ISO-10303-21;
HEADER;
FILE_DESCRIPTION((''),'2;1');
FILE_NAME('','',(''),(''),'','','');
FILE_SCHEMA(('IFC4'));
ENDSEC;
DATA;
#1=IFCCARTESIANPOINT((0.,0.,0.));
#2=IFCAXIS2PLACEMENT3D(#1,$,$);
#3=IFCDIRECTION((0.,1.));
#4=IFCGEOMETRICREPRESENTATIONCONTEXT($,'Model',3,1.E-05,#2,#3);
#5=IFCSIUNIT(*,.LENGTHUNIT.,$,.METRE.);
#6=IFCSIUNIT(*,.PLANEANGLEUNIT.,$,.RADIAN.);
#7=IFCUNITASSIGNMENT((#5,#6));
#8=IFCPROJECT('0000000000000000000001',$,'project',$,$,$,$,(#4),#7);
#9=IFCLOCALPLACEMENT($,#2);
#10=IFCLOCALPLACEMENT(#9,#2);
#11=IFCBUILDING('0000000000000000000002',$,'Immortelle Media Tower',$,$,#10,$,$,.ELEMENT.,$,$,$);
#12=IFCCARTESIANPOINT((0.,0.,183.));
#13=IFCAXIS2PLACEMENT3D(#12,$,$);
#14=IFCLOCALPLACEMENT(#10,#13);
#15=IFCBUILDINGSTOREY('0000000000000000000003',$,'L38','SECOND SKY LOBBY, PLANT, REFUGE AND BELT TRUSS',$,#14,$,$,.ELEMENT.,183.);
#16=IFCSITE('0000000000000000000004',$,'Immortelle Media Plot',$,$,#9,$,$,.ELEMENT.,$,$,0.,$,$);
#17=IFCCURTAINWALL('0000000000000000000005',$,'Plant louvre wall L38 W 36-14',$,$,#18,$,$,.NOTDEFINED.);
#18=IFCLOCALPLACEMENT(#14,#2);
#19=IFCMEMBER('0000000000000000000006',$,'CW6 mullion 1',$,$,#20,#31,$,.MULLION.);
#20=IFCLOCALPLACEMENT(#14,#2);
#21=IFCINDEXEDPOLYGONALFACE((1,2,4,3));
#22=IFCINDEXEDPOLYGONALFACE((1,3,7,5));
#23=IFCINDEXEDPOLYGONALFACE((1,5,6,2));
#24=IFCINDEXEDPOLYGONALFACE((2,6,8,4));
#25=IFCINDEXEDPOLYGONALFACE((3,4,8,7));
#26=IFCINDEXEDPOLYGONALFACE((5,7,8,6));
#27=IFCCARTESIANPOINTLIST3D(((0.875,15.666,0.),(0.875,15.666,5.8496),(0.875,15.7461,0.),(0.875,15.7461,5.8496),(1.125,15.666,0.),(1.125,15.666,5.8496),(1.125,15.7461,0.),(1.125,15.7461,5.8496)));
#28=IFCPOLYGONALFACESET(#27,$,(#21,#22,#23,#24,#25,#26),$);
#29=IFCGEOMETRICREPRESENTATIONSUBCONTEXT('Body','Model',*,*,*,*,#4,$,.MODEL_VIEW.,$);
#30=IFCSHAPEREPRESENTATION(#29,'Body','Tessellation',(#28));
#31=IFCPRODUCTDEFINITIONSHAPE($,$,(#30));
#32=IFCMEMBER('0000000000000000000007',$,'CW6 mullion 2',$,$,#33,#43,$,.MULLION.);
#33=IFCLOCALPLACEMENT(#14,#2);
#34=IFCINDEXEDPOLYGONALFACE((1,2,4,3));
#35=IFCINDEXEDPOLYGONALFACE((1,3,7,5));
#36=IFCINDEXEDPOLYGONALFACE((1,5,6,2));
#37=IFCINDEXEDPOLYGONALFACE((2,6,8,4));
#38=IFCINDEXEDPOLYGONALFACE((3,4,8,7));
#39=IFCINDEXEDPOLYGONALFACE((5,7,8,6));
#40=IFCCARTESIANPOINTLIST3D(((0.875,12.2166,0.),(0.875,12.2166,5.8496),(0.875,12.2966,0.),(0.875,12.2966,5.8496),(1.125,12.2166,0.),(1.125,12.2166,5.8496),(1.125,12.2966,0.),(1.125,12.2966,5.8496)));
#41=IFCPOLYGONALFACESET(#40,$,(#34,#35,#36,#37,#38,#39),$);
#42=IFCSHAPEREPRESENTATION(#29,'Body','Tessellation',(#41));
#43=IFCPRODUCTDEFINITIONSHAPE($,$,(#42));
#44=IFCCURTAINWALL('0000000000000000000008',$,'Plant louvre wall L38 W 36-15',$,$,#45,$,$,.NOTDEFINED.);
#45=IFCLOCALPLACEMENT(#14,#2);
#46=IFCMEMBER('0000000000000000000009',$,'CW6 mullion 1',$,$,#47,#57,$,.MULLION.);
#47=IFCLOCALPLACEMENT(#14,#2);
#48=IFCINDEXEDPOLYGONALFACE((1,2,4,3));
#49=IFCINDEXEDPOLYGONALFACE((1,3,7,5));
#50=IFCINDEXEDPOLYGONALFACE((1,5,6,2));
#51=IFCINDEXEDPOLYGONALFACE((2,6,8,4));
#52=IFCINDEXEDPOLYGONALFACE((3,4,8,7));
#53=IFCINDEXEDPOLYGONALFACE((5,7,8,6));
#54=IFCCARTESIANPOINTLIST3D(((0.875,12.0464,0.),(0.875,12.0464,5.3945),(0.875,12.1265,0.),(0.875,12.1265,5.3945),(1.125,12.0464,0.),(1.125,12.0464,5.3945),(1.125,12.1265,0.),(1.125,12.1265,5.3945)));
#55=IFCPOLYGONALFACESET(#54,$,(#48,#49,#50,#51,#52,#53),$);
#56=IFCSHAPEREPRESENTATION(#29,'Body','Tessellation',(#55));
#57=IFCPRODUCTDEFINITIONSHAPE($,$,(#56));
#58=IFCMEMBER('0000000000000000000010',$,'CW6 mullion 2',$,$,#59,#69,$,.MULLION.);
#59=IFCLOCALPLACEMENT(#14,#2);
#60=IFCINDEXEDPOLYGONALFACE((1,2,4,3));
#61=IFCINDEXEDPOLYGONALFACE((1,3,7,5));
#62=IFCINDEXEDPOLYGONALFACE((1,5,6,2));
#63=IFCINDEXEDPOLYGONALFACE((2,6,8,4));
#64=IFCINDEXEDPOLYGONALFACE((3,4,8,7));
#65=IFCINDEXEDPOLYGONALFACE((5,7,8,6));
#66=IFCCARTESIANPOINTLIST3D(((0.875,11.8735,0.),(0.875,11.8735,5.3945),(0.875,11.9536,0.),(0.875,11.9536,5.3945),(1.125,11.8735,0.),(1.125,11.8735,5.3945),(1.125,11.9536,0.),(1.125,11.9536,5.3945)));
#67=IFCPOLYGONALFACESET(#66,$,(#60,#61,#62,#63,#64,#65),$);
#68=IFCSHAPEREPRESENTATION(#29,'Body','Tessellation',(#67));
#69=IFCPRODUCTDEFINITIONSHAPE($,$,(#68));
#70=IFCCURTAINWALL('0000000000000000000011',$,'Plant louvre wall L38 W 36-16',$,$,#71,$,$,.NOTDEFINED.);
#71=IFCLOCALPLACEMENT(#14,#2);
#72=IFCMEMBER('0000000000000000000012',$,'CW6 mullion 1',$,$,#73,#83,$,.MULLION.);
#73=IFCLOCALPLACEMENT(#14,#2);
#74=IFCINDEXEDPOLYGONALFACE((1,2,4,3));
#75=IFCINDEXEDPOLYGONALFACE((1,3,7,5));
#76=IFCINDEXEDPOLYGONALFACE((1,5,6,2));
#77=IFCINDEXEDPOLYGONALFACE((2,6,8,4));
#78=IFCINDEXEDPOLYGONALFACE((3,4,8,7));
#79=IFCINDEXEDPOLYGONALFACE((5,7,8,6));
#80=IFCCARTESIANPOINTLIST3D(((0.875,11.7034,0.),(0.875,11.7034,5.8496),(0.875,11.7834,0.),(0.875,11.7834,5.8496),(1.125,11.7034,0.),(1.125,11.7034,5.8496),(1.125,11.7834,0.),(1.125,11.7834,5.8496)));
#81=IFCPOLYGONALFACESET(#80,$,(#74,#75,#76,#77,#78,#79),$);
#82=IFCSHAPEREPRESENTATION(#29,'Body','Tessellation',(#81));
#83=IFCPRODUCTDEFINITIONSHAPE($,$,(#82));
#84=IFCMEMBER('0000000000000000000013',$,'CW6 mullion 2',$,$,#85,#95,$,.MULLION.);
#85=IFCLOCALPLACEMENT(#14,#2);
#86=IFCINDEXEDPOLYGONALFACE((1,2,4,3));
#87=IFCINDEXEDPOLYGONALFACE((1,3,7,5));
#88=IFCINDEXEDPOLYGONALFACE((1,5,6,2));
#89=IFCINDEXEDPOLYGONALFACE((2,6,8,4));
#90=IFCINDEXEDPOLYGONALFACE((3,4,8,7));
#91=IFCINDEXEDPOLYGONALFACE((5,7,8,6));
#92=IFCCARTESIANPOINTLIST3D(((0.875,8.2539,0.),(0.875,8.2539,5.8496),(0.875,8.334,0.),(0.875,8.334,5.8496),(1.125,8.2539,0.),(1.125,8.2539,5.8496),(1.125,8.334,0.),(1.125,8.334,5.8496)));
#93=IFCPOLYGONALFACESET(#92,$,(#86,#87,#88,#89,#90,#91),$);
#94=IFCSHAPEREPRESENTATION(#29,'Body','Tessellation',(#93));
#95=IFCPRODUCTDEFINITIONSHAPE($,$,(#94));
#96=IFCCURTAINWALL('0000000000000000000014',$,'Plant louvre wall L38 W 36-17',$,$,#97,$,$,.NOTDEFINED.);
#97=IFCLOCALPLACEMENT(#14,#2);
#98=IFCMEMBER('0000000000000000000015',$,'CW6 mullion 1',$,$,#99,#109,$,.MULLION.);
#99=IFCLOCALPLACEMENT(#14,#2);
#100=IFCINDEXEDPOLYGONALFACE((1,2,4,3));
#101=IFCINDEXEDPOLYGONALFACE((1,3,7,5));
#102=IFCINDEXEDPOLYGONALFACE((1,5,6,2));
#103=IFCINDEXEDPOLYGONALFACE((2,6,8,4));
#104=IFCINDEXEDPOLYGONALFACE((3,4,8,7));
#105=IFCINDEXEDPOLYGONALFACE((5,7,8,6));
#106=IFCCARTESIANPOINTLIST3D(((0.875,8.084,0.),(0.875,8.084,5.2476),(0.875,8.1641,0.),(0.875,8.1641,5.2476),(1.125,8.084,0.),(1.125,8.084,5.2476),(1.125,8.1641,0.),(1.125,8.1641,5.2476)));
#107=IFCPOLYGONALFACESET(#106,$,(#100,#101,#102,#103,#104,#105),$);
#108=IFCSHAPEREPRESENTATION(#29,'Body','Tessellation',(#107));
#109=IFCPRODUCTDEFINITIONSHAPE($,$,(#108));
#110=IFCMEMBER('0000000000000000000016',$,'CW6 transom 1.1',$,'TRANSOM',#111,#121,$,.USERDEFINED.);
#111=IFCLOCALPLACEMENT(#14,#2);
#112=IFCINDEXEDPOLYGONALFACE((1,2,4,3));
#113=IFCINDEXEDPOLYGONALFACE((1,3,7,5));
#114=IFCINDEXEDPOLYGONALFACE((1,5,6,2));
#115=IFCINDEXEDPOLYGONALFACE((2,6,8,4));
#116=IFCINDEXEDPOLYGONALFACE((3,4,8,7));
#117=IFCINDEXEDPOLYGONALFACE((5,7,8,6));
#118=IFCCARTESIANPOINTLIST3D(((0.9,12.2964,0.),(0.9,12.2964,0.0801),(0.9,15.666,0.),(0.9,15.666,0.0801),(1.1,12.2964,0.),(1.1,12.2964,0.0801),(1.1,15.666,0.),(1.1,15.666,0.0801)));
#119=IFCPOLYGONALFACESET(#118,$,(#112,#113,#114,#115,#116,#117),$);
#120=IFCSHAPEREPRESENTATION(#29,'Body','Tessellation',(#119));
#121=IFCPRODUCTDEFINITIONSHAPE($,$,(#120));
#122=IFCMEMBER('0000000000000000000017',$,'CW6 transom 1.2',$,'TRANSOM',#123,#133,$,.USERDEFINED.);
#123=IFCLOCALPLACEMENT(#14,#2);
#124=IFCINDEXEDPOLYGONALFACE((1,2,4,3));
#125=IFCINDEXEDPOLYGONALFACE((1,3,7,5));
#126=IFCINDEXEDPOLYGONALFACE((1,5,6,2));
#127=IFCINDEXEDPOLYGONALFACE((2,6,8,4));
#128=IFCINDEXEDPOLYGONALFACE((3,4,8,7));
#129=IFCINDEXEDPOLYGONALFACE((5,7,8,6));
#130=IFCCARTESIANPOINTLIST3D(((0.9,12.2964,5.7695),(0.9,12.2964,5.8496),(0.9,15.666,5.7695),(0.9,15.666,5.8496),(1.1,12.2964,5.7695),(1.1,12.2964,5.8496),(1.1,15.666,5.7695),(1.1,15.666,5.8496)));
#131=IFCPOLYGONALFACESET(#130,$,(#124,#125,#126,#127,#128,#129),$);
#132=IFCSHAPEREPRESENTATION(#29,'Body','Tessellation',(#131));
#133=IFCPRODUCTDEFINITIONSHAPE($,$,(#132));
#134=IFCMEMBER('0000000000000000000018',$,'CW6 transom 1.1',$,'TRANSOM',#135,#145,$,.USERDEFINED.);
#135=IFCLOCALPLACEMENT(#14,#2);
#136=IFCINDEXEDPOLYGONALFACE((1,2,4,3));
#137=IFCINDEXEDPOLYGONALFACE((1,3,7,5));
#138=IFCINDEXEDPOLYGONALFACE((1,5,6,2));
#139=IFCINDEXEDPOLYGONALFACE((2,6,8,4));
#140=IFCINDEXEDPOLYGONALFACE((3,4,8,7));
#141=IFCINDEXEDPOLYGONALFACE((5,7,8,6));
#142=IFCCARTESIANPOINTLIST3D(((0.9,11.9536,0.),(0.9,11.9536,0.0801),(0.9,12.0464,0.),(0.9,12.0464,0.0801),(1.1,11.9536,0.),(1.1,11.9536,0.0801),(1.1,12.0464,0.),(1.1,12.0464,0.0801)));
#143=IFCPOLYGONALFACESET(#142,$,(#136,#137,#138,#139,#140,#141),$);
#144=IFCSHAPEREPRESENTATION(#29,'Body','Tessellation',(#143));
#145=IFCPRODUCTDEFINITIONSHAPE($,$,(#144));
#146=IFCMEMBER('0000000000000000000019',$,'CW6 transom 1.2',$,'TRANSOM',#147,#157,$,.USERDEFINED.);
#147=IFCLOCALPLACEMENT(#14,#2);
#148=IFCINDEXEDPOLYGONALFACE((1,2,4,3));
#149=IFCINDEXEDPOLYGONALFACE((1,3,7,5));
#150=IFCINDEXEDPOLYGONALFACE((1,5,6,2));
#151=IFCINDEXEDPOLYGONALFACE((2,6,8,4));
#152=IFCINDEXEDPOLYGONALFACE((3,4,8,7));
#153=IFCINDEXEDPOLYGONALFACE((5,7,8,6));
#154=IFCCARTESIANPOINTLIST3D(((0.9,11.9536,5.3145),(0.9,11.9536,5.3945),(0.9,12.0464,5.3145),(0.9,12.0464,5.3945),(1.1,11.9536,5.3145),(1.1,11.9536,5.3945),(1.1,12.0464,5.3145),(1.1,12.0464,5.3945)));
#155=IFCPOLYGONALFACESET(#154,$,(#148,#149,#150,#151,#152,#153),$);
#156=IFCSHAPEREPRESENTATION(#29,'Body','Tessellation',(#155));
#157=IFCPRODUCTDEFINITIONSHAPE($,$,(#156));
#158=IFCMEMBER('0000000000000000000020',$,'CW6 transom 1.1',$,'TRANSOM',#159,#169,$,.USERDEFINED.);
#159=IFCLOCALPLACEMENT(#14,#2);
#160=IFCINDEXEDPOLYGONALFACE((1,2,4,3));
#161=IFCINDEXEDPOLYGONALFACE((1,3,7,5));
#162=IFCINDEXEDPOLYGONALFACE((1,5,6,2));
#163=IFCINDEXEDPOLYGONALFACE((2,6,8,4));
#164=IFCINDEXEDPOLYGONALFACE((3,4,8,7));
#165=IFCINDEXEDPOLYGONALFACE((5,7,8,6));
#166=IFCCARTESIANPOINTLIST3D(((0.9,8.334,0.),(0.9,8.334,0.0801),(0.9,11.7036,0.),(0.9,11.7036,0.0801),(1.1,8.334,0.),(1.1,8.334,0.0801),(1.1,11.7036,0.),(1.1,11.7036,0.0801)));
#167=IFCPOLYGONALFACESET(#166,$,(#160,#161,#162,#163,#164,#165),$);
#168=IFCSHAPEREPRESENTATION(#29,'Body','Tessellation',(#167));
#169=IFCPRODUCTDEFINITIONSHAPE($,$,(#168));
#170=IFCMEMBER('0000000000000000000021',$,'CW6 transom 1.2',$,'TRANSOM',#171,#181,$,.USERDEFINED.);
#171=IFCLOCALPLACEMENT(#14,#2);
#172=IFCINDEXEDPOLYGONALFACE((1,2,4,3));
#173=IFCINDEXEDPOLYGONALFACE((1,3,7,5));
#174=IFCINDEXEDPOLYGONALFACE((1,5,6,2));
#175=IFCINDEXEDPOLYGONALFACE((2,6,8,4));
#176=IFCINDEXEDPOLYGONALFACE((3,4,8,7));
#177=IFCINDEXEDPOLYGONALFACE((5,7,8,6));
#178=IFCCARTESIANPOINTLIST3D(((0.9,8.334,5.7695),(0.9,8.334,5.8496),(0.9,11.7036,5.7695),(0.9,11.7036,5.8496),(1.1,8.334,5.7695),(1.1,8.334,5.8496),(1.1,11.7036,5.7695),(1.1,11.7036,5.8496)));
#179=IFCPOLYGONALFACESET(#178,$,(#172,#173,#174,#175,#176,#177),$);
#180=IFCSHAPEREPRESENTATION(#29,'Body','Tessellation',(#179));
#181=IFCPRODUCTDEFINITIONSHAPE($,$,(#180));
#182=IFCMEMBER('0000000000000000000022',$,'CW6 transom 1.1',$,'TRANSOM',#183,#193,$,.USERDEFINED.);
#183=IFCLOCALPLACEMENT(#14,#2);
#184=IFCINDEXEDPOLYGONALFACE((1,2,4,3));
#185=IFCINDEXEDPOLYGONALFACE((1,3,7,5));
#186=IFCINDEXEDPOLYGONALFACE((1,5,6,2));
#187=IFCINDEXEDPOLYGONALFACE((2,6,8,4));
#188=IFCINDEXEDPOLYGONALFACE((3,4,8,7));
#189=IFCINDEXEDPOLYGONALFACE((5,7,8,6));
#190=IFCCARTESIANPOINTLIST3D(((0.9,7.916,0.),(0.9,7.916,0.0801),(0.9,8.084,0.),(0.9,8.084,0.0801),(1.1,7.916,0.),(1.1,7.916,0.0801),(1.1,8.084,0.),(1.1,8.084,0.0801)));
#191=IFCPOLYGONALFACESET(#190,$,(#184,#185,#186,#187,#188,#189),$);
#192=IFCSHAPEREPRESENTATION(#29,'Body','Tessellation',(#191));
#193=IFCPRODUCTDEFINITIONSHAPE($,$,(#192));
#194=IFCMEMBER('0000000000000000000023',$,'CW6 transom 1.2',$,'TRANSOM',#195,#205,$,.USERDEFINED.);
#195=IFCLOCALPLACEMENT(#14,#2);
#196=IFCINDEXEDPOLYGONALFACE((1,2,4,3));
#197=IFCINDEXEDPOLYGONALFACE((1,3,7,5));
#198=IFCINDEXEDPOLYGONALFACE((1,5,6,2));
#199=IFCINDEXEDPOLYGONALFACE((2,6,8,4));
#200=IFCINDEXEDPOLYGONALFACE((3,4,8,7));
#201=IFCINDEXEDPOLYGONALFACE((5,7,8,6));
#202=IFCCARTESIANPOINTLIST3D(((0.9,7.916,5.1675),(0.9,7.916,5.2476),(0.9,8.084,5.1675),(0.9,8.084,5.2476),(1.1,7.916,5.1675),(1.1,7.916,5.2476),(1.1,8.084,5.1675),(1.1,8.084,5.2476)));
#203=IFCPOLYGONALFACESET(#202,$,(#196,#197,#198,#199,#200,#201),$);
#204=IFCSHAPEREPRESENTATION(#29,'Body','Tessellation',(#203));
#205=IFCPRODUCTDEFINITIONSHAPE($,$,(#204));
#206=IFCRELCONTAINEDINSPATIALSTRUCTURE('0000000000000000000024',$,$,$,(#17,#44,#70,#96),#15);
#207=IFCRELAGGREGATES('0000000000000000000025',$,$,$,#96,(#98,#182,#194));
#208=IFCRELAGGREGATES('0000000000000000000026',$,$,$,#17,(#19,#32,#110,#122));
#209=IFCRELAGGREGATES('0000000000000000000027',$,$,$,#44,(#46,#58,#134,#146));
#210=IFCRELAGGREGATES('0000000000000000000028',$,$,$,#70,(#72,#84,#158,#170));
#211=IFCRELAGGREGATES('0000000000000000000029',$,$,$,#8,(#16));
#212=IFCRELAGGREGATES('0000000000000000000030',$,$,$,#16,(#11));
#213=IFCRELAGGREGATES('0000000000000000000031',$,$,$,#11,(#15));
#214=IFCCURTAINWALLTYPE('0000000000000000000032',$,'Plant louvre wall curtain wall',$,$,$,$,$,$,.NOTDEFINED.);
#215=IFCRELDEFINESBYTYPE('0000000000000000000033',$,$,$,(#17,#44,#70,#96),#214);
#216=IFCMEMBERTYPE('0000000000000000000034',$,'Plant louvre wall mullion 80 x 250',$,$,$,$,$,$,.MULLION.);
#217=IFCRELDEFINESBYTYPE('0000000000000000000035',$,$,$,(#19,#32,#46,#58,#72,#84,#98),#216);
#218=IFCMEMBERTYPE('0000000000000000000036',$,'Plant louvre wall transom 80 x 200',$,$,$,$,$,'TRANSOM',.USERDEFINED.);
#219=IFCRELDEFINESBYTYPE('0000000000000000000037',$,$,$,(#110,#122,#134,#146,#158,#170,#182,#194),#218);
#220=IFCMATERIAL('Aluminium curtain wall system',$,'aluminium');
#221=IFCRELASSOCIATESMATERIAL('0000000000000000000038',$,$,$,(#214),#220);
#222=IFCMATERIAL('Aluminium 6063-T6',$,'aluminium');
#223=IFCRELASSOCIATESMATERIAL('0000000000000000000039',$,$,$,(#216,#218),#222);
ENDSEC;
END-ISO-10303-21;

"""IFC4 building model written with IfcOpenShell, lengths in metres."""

from ifc_helpers import new_model, si_unit, direction, frame, origin, origin_2d, place, context, subcontext, project, spatial, rectangle, extrude, material, material_profile, profile_set, type_object, element, aggregate, save


model = new_model("IFC4")

# Units and contexts
model_context = context("Model", 3, precision=1e-05, world=origin(), true_north=direction((0.0, 1.0)))
body_context = subcontext(model_context, "Body", "Model", "MODEL_VIEW")
ifc_project = project(units=[si_unit("LENGTHUNIT", "METRE"), si_unit("PLANEANGLEUNIT", "RADIAN")], contexts=[model_context])

# Site, building, storey
site_placement = place(None, origin())
site = spatial("IfcSite", under=ifc_project, at=site_placement, Name="Immortelle Media Plot", CompositionType="ELEMENT", RefElevation=0.0)
building_placement = place(site_placement, origin())
building = spatial("IfcBuilding", under=site, at=building_placement, Name="Immortelle Media Tower", CompositionType="ELEMENT")
storey_placement = place(building_placement, frame((0.0, 0.0, 183.0)))
storey = spatial("IfcBuildingStorey", under=building, at=storey_placement, Name="L38", Description="SECOND SKY LOBBY, PLANT, REFUGE AND BELT TRUSS", CompositionType="ELEMENT", Elevation=183.0)

# Curtain walls, members
ifc_material_1 = material(Name="Aluminium curtain wall system", Category="aluminium")
curtain_wall_type = type_object("IfcCurtainWallType", Name="Plant louvre wall curtain wall", PredefinedType="NOTDEFINED", material=ifc_material_1)
curtain_wall_1_placement = place(storey_placement, origin())
curtain_wall_1 = element("IfcCurtainWall", 1, at=curtain_wall_1_placement, inside=storey, type_object=curtain_wall_type, Name="Plant louvre wall L38 W 36-14", PredefinedType="NOTDEFINED")
ifc_material_2 = material(Name="Aluminium 6063-T6", Category="aluminium")
ifc_material_profile_1 = material_profile(ifc_material_2, rectangle(XDim=0.25, YDim=0.0801, at=origin_2d()), Name="AL 80x250")
ifc_profile_set_1 = profile_set([ifc_material_profile_1], Name="Aluminium 6063-T6")
member_type_1 = type_object("IfcMemberType", Name="Plant louvre wall mullion 80 x 250", PredefinedType="MULLION", material=ifc_profile_set_1)
member_1_placement = place(storey_placement, frame((1.0, 15.7061, 0.0), z_axis=(0.0, 0.0, 1.0), x_axis=(1.0, 0.0, 0.0)))
member_1 = element("IfcMember", 2, at=member_1_placement, type_object=member_type_1, Name="CW6 mullion 1", PredefinedType="MULLION", context=body_context, shape_type="SweptSolid", body=[
    extrude(rectangle(XDim=0.25, YDim=0.0801, at=origin_2d()), origin(), (0.0, 0.0, 1.0), 5.8496),
])
member_2_placement = place(storey_placement, frame((1.0, 12.2566, 0.0), z_axis=(0.0, 0.0, 1.0), x_axis=(1.0, 0.0, 0.0)))
member_2 = element("IfcMember", 3, at=member_2_placement, type_object=member_type_1, Name="CW6 mullion 2", PredefinedType="MULLION", context=body_context, shape_type="SweptSolid", body=[
    extrude(rectangle(XDim=0.25, YDim=0.0801, at=origin_2d()), origin(), (0.0, 0.0, 1.0), 5.8496),
])
curtain_wall_2_placement = place(storey_placement, origin())
curtain_wall_2 = element("IfcCurtainWall", 4, at=curtain_wall_2_placement, inside=storey, type_object=curtain_wall_type, Name="Plant louvre wall L38 W 36-15", PredefinedType="NOTDEFINED")
member_3_placement = place(storey_placement, frame((1.0, 12.0864, 0.0), z_axis=(0.0, 0.0, 1.0), x_axis=(1.0, 0.0, 0.0)))
member_3 = element("IfcMember", 5, at=member_3_placement, type_object=member_type_1, Name="CW6 mullion 1", PredefinedType="MULLION", context=body_context, shape_type="SweptSolid", body=[
    extrude(rectangle(XDim=0.25, YDim=0.0801, at=origin_2d()), origin(), (0.0, 0.0, 1.0), 5.3945),
])
member_4_placement = place(storey_placement, frame((1.0, 11.9136, 0.0), z_axis=(0.0, 0.0, 1.0), x_axis=(1.0, 0.0, 0.0)))
member_4 = element("IfcMember", 6, at=member_4_placement, type_object=member_type_1, Name="CW6 mullion 2", PredefinedType="MULLION", context=body_context, shape_type="SweptSolid", body=[
    extrude(rectangle(XDim=0.25, YDim=0.0801, at=origin_2d()), origin(), (0.0, 0.0, 1.0), 5.3945),
])
curtain_wall_3_placement = place(storey_placement, origin())
curtain_wall_3 = element("IfcCurtainWall", 7, at=curtain_wall_3_placement, inside=storey, type_object=curtain_wall_type, Name="Plant louvre wall L38 W 36-16", PredefinedType="NOTDEFINED")
member_5_placement = place(storey_placement, frame((1.0, 11.7434, 0.0), z_axis=(0.0, 0.0, 1.0), x_axis=(1.0, 0.0, 0.0)))
member_5 = element("IfcMember", 8, at=member_5_placement, type_object=member_type_1, Name="CW6 mullion 1", PredefinedType="MULLION", context=body_context, shape_type="SweptSolid", body=[
    extrude(rectangle(XDim=0.25, YDim=0.0801, at=origin_2d()), origin(), (0.0, 0.0, 1.0), 5.8496),
])
member_6_placement = place(storey_placement, frame((1.0, 8.2939, 0.0), z_axis=(0.0, 0.0, 1.0), x_axis=(1.0, 0.0, 0.0)))
member_6 = element("IfcMember", 9, at=member_6_placement, type_object=member_type_1, Name="CW6 mullion 2", PredefinedType="MULLION", context=body_context, shape_type="SweptSolid", body=[
    extrude(rectangle(XDim=0.25, YDim=0.0801, at=origin_2d()), origin(), (0.0, 0.0, 1.0), 5.8496),
])

# Curtain wall, member
curtain_wall_4_placement = place(storey_placement, origin())
curtain_wall_4 = element("IfcCurtainWall", 10, at=curtain_wall_4_placement, inside=storey, type_object=curtain_wall_type, Name="Plant louvre wall L38 W 36-17", PredefinedType="NOTDEFINED")
member_7_placement = place(storey_placement, frame((1.0, 8.124, 0.0), z_axis=(0.0, 0.0, 1.0), x_axis=(1.0, 0.0, 0.0)))
member_7 = element("IfcMember", 11, at=member_7_placement, type_object=member_type_1, Name="CW6 mullion 1", PredefinedType="MULLION", context=body_context, shape_type="SweptSolid", body=[
    extrude(rectangle(XDim=0.25, YDim=0.0801, at=origin_2d()), origin(), (0.0, 0.0, 1.0), 5.2476),
])

# Members
ifc_material_profile_2 = material_profile(ifc_material_2, rectangle(XDim=0.2, YDim=0.0801, at=origin_2d()), Name="AL 80x200")
ifc_profile_set_2 = profile_set([ifc_material_profile_2], Name="Aluminium 6063-T6")
member_type_2 = type_object("IfcMemberType", Name="Plant louvre wall transom 80 x 200", ElementType="TRANSOM", PredefinedType="USERDEFINED", material=ifc_profile_set_2)
member_8_placement = place(storey_placement, frame((1.0, 15.666, 0.04), z_axis=(0.0, -1.0, 0.0), x_axis=(1.0, 0.0, 0.0)))
member_8 = element("IfcMember", 12, at=member_8_placement, type_object=member_type_2, Name="CW6 transom 1.1", ObjectType="TRANSOM", PredefinedType="USERDEFINED", context=body_context, shape_type="SweptSolid", body=[
    extrude(rectangle(XDim=0.2, YDim=0.0801, at=origin_2d()), origin(), (0.0, 0.0, 1.0), 3.3696),
])
member_9_placement = place(storey_placement, frame((1.0, 15.666, 5.8096), z_axis=(0.0, -1.0, 0.0), x_axis=(1.0, 0.0, 0.0)))
member_9 = element("IfcMember", 13, at=member_9_placement, type_object=member_type_2, Name="CW6 transom 1.2", ObjectType="TRANSOM", PredefinedType="USERDEFINED", context=body_context, shape_type="SweptSolid", body=[
    extrude(rectangle(XDim=0.2, YDim=0.0801, at=origin_2d()), origin(), (0.0, 0.0, 1.0), 3.3696),
])
member_10_placement = place(storey_placement, frame((1.0, 12.0464, 0.04), z_axis=(0.0, -1.0, 0.0), x_axis=(1.0, 0.0, 0.0)))
member_10 = element("IfcMember", 14, at=member_10_placement, type_object=member_type_2, Name="CW6 transom 1.1", ObjectType="TRANSOM", PredefinedType="USERDEFINED", context=body_context, shape_type="SweptSolid", body=[
    extrude(rectangle(XDim=0.2, YDim=0.0801, at=origin_2d()), origin(), (0.0, 0.0, 1.0), 0.0928),
])
member_11_placement = place(storey_placement, frame((1.0, 12.0464, 5.3545), z_axis=(0.0, -1.0, 0.0), x_axis=(1.0, 0.0, 0.0)))
member_11 = element("IfcMember", 15, at=member_11_placement, type_object=member_type_2, Name="CW6 transom 1.2", ObjectType="TRANSOM", PredefinedType="USERDEFINED", context=body_context, shape_type="SweptSolid", body=[
    extrude(rectangle(XDim=0.2, YDim=0.0801, at=origin_2d()), origin(), (0.0, 0.0, 1.0), 0.0928),
])
member_12_placement = place(storey_placement, frame((1.0, 11.7036, 0.04), z_axis=(0.0, -1.0, 0.0), x_axis=(1.0, 0.0, 0.0)))
member_12 = element("IfcMember", 16, at=member_12_placement, type_object=member_type_2, Name="CW6 transom 1.1", ObjectType="TRANSOM", PredefinedType="USERDEFINED", context=body_context, shape_type="SweptSolid", body=[
    extrude(rectangle(XDim=0.2, YDim=0.0801, at=origin_2d()), origin(), (0.0, 0.0, 1.0), 3.3696),
])
member_13_placement = place(storey_placement, frame((1.0, 11.7036, 5.8096), z_axis=(0.0, -1.0, 0.0), x_axis=(1.0, 0.0, 0.0)))
member_13 = element("IfcMember", 17, at=member_13_placement, type_object=member_type_2, Name="CW6 transom 1.2", ObjectType="TRANSOM", PredefinedType="USERDEFINED", context=body_context, shape_type="SweptSolid", body=[
    extrude(rectangle(XDim=0.2, YDim=0.0801, at=origin_2d()), origin(), (0.0, 0.0, 1.0), 3.3696),
])
member_14_placement = place(storey_placement, frame((1.0, 8.084, 0.04), z_axis=(0.0, -1.0, 0.0), x_axis=(1.0, 0.0, 0.0)))
member_14 = element("IfcMember", 18, at=member_14_placement, type_object=member_type_2, Name="CW6 transom 1.1", ObjectType="TRANSOM", PredefinedType="USERDEFINED", context=body_context, shape_type="SweptSolid", body=[
    extrude(rectangle(XDim=0.2, YDim=0.0801, at=origin_2d()), origin(), (0.0, 0.0, 1.0), 0.168),
])
member_15_placement = place(storey_placement, frame((1.0, 8.084, 5.2075), z_axis=(0.0, -1.0, 0.0), x_axis=(1.0, 0.0, 0.0)))
member_15 = element("IfcMember", 19, at=member_15_placement, type_object=member_type_2, Name="CW6 transom 1.2", ObjectType="TRANSOM", PredefinedType="USERDEFINED", context=body_context, shape_type="SweptSolid", body=[
    extrude(rectangle(XDim=0.2, YDim=0.0801, at=origin_2d()), origin(), (0.0, 0.0, 1.0), 0.168),
])
aggregate(curtain_wall_4, [member_7, member_14, member_15])

aggregate(curtain_wall_1, [member_1, member_2, member_8, member_9])
aggregate(curtain_wall_2, [member_3, member_4, member_10, member_11])
aggregate(curtain_wall_3, [member_5, member_6, member_12, member_13])

save(model, "model.ifc")
